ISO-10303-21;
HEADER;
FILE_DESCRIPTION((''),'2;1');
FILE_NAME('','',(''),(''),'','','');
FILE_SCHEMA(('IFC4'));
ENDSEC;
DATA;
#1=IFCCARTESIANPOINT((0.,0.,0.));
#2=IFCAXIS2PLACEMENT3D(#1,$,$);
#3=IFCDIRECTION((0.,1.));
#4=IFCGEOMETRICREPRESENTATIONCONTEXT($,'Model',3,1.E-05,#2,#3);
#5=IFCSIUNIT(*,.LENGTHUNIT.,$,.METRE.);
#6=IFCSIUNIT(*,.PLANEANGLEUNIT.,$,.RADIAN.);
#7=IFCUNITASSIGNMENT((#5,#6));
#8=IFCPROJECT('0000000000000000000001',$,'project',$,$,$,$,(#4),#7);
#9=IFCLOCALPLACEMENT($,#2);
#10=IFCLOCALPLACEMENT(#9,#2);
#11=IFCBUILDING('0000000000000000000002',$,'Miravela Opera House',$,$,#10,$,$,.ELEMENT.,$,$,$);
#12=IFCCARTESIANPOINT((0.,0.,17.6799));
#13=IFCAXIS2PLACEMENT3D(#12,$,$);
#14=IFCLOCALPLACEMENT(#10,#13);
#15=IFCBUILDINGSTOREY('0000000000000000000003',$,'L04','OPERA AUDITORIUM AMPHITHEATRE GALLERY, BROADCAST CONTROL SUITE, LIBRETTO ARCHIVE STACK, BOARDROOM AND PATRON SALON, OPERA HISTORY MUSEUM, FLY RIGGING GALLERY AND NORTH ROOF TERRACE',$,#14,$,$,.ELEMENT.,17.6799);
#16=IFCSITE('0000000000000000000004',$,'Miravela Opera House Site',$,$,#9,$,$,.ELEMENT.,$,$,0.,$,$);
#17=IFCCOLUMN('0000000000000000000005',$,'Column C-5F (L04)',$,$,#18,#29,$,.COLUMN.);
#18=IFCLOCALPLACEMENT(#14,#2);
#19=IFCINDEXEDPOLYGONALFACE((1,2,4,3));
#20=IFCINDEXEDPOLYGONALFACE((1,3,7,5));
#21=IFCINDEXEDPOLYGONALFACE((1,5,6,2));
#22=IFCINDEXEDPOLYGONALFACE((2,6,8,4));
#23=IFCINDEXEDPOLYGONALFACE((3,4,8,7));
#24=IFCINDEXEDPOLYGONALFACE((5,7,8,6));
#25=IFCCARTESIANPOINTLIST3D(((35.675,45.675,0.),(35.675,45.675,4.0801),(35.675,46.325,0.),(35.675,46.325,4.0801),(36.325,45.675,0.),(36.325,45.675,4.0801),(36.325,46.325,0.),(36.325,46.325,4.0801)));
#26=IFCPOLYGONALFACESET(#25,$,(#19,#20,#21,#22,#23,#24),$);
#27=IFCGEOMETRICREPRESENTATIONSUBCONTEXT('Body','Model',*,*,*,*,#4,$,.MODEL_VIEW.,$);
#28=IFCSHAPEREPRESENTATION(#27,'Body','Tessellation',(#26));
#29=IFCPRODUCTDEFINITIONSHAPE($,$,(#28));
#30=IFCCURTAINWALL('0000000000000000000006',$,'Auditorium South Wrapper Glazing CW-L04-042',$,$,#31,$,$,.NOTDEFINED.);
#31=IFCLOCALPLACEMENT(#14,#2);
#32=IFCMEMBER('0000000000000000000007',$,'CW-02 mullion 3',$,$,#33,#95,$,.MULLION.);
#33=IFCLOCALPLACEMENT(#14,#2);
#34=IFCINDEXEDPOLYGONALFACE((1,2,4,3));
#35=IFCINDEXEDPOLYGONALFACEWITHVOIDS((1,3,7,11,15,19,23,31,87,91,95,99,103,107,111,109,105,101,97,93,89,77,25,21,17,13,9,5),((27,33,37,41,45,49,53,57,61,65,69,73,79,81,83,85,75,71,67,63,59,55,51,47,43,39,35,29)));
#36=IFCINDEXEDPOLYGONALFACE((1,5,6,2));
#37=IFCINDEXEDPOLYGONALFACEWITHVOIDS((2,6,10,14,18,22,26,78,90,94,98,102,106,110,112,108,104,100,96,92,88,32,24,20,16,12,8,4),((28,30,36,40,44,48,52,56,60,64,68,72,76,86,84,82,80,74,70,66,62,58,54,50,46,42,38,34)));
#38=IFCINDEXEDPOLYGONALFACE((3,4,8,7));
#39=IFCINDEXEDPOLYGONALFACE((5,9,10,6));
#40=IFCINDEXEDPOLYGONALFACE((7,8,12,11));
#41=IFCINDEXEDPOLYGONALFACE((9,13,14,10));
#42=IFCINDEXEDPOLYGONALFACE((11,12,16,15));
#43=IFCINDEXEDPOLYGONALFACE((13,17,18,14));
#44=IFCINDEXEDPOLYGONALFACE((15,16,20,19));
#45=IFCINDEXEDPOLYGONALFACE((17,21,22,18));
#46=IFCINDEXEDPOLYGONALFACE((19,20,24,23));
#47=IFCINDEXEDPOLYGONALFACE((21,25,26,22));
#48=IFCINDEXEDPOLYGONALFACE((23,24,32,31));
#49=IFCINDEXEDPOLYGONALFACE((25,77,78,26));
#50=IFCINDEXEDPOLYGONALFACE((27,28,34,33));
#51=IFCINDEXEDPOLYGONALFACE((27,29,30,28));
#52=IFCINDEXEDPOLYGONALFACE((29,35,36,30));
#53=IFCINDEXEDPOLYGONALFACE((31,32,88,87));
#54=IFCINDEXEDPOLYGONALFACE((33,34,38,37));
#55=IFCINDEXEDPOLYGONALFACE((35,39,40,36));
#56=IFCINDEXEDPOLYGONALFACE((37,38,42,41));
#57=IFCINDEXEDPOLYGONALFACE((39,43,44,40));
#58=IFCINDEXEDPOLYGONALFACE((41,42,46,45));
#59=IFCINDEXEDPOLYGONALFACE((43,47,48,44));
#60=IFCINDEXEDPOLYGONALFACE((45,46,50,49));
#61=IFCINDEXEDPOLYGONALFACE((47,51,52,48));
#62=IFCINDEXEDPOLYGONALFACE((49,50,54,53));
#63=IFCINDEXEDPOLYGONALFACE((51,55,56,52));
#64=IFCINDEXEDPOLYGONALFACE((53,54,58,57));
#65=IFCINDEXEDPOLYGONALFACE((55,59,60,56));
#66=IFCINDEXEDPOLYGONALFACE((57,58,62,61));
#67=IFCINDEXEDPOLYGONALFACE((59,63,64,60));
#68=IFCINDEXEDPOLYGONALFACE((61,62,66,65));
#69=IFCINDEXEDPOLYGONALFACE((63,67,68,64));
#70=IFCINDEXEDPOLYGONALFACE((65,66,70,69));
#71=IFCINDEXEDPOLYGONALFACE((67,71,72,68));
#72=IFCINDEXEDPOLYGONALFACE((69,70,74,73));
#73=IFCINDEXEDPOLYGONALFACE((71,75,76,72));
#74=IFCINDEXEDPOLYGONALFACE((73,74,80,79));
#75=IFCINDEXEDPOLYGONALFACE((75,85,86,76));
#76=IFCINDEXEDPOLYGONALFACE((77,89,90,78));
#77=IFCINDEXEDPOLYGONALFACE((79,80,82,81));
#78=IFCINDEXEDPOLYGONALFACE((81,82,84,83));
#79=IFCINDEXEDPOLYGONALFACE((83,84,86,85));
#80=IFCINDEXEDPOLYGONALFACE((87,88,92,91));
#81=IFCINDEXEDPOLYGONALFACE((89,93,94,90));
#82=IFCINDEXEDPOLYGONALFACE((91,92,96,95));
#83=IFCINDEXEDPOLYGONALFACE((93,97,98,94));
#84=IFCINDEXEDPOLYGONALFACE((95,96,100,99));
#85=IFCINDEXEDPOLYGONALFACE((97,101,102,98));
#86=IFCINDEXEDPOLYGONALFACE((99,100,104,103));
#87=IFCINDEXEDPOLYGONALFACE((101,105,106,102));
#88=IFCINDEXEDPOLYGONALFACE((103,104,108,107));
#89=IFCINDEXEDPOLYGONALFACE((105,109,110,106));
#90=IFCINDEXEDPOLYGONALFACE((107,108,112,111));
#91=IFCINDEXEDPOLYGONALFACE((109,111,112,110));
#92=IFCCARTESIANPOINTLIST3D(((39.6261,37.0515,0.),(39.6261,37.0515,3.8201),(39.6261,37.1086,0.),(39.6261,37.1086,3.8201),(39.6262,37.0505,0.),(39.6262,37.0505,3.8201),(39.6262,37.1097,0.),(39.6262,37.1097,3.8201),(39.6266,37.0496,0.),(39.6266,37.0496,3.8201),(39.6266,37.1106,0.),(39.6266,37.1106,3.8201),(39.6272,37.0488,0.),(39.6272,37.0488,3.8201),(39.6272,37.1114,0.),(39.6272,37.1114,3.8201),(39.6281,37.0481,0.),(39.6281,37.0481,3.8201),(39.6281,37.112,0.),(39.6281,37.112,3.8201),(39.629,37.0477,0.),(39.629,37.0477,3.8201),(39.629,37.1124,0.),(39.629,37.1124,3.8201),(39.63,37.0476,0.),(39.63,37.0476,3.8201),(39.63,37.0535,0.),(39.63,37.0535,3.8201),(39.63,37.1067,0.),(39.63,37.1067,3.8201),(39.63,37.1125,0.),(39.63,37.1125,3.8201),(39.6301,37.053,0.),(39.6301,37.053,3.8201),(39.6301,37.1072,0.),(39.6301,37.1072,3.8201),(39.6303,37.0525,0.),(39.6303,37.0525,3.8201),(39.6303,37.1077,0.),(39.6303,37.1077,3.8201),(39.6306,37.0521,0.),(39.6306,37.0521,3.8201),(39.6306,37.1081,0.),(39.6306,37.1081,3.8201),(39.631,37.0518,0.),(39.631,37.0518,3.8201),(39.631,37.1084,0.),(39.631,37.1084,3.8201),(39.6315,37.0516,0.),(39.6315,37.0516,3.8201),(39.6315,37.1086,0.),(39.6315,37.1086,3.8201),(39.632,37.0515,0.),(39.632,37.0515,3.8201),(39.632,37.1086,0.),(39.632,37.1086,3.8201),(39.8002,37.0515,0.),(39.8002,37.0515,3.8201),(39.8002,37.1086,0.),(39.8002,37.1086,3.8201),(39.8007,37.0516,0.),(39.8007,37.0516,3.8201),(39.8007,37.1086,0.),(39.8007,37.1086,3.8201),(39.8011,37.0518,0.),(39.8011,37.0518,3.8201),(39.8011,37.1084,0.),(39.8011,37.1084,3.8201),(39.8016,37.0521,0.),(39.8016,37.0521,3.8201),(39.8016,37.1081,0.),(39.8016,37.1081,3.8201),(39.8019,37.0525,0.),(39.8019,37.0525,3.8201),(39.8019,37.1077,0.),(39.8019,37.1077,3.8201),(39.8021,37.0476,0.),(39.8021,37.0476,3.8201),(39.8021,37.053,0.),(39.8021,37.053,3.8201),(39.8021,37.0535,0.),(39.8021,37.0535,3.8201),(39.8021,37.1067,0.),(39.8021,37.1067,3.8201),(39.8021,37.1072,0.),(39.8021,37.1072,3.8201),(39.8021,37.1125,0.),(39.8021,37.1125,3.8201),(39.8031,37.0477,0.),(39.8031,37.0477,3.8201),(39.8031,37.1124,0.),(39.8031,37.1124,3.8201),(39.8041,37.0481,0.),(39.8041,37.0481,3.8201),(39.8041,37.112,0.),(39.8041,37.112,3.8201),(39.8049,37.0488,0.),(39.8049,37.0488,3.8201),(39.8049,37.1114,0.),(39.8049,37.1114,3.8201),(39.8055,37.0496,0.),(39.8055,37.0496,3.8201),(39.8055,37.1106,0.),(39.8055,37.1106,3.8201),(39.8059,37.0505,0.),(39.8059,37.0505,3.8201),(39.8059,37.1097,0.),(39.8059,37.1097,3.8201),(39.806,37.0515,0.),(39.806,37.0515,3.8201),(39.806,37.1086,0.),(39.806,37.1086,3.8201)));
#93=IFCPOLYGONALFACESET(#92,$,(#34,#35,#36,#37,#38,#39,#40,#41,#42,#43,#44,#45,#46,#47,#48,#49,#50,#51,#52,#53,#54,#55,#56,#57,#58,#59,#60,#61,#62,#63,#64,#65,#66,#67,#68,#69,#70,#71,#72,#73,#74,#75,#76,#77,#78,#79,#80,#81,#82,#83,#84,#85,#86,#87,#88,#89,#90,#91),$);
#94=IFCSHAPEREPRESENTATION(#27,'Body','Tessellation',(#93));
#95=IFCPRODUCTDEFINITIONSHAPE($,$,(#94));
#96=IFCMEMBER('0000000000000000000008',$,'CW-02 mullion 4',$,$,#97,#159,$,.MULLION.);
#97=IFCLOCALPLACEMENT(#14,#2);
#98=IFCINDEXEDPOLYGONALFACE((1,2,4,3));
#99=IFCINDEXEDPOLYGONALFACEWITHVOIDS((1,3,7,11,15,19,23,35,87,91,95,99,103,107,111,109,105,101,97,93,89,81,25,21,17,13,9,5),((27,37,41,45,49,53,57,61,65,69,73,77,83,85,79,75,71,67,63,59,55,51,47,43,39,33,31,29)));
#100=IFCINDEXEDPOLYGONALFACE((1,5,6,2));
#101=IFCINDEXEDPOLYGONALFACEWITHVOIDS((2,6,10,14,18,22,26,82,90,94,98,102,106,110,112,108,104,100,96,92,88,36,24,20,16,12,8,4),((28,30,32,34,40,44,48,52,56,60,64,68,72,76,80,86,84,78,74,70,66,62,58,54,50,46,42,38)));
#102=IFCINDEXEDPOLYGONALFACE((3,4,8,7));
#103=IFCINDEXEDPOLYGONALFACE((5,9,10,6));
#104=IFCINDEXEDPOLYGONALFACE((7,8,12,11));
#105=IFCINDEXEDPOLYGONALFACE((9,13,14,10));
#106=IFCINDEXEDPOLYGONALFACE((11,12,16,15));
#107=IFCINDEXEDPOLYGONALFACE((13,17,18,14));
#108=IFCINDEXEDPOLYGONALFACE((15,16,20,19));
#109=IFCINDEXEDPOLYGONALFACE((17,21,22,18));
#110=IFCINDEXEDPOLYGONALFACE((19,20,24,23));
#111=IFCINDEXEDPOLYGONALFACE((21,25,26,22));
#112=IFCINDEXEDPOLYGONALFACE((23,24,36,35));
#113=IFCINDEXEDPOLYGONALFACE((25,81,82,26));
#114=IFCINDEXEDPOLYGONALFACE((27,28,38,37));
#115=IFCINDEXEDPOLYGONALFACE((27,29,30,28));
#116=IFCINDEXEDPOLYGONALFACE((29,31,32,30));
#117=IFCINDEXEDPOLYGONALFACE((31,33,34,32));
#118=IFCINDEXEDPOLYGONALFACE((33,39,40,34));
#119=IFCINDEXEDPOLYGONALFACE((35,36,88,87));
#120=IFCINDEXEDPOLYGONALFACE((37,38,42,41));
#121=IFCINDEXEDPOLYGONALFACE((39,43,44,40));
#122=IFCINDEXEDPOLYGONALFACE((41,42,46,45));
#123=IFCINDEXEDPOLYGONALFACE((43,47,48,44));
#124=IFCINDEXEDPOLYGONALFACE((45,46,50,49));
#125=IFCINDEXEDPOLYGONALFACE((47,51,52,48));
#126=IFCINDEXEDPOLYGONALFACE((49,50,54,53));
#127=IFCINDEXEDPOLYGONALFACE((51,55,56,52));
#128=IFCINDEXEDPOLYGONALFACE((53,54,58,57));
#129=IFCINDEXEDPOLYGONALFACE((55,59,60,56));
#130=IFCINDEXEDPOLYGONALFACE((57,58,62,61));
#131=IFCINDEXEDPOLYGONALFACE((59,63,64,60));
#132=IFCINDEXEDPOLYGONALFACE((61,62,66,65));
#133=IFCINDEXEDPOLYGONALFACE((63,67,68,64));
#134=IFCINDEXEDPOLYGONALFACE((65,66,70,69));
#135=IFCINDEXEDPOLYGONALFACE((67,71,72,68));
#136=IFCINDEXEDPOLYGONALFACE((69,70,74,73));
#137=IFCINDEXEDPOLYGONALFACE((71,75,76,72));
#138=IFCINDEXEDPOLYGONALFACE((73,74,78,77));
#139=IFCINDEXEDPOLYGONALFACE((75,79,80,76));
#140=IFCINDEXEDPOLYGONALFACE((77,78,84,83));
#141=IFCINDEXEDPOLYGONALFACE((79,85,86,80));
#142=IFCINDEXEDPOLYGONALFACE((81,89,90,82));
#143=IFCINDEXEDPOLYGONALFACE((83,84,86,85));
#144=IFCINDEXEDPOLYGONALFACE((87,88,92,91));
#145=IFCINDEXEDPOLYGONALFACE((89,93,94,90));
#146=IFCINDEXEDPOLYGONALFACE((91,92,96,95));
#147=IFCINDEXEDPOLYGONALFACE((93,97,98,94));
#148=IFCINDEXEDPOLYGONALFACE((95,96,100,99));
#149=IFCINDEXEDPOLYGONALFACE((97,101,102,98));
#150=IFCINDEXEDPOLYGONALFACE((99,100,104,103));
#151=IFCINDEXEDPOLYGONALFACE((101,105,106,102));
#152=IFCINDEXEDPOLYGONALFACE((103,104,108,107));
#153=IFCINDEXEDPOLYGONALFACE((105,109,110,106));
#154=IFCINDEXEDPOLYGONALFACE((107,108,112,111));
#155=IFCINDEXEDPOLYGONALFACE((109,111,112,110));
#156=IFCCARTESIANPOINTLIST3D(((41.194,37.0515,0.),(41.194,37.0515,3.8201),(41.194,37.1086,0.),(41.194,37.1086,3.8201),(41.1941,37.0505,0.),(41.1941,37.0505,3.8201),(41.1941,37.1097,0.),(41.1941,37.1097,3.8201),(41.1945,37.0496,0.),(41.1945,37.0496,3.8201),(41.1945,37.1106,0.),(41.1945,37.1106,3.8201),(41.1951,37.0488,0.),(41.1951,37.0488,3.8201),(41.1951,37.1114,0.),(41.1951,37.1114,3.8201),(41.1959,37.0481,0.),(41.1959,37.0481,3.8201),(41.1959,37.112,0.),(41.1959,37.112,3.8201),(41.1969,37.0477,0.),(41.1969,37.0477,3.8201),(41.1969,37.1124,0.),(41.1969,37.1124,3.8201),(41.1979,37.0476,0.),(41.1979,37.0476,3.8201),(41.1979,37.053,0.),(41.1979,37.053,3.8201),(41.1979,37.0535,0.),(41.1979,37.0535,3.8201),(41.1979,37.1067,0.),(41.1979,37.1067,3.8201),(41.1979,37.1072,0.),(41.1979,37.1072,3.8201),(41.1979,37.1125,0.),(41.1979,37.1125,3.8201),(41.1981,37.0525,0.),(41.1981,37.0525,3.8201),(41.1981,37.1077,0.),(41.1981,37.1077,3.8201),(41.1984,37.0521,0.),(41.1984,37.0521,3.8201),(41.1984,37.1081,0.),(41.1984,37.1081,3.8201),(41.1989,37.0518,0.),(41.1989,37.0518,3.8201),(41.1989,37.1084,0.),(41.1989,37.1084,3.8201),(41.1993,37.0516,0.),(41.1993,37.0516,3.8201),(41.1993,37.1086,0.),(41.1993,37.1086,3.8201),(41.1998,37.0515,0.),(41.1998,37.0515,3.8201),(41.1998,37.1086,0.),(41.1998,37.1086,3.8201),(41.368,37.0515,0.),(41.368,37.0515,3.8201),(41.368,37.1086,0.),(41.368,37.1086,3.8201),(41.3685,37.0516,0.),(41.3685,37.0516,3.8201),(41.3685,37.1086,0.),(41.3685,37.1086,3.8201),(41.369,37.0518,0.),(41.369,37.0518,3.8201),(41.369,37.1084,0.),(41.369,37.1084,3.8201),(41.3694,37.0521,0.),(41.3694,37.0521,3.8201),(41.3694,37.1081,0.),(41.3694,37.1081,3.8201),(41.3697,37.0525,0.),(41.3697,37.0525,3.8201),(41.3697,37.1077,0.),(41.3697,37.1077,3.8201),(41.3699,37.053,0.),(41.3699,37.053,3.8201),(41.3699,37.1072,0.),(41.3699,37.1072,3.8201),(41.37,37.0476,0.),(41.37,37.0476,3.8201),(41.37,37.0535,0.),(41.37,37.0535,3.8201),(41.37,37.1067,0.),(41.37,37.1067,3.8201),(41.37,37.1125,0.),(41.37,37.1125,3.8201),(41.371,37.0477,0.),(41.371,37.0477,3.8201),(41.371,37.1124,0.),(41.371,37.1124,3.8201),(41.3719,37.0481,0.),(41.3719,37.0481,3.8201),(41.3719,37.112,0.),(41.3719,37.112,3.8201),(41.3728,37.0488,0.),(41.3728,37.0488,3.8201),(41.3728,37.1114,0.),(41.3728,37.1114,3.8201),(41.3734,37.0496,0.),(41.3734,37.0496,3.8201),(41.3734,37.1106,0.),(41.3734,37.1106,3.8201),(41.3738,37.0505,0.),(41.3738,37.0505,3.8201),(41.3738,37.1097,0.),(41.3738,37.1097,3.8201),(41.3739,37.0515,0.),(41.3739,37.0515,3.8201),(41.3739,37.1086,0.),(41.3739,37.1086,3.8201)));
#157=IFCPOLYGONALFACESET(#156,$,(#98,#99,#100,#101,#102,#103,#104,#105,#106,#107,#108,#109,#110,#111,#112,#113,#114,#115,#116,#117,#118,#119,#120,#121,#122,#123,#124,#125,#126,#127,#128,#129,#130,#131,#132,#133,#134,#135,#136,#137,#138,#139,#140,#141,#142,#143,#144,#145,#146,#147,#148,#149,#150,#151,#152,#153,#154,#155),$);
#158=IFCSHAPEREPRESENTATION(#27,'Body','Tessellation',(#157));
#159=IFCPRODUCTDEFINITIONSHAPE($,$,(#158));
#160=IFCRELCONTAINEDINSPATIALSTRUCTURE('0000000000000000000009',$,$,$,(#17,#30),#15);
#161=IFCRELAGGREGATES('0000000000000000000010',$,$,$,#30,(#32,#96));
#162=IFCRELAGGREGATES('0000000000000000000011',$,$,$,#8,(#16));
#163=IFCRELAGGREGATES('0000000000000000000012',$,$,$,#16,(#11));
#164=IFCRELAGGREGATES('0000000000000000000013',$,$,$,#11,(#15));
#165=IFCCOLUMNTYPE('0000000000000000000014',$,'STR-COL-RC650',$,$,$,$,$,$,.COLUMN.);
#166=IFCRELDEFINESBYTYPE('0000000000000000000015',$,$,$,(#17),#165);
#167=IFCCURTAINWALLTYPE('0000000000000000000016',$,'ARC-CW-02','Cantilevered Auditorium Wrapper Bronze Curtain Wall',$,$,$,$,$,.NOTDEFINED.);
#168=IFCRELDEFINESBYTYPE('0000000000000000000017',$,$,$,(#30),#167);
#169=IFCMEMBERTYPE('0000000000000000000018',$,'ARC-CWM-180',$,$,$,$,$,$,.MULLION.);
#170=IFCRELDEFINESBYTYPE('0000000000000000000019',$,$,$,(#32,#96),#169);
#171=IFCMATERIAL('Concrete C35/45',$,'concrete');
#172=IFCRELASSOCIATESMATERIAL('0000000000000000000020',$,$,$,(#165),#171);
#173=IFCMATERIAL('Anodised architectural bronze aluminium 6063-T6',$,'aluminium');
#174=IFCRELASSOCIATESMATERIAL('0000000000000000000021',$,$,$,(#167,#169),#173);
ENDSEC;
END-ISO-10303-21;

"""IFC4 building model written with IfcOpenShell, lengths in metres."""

from ifc_helpers import new_model, si_unit, direction, frame, origin, origin_2d, place, context, subcontext, project, spatial, rectangle, hollow_rectangle, extrude, material, material_profile, profile_set, type_object, element, aggregate, save


model = new_model("IFC4")

# Units and contexts
model_context = context("Model", 3, precision=1e-05, world=origin(), true_north=direction((0.0, 1.0)))
body_context = subcontext(model_context, "Body", "Model", "MODEL_VIEW")
ifc_project = project(units=[si_unit("LENGTHUNIT", "METRE"), si_unit("PLANEANGLEUNIT", "RADIAN")], contexts=[model_context])

# Site, building, storey
site_placement = place(None, origin())
site = spatial("IfcSite", under=ifc_project, at=site_placement, Name="Miravela Opera House Site", CompositionType="ELEMENT", RefElevation=0.0)
building_placement = place(site_placement, origin())
building = spatial("IfcBuilding", under=site, at=building_placement, Name="Miravela Opera House", CompositionType="ELEMENT")
storey_placement = place(building_placement, frame((0.0, 0.0, 17.6799)))
storey = spatial("IfcBuildingStorey", under=building, at=storey_placement, Name="L04", Description="OPERA AUDITORIUM AMPHITHEATRE GALLERY, BROADCAST CONTROL SUITE, LIBRETTO ARCHIVE STACK, BOARDROOM AND PATRON SALON, OPERA HISTORY MUSEUM, FLY RIGGING GALLERY AND NORTH ROOF TERRACE", CompositionType="ELEMENT", Elevation=17.6799)

# Column
ifc_material_1 = material(Name="Concrete C35/45", Category="concrete")
ifc_material_profile_1 = material_profile(ifc_material_1, rectangle(XDim=0.6499, YDim=0.6499, at=origin_2d()), Name="RC-COL-650X650")
ifc_profile_set_1 = profile_set([ifc_material_profile_1])
column_type = type_object("IfcColumnType", Name="STR-COL-RC650", PredefinedType="COLUMN", material=ifc_profile_set_1)
column_placement = place(storey_placement, frame((36.0, 46.0, 0.0), z_axis=(0.0, 0.0, 1.0), x_axis=(1.0, 0.0, 0.0)))
element("IfcColumn", 1, at=column_placement, inside=storey, type_object=column_type, Name="Column C-5F (L04)", PredefinedType="COLUMN", context=body_context, shape_type="SweptSolid", body=[
    extrude(rectangle(XDim=0.6499, YDim=0.6499, at=origin_2d()), origin(), (0.0, 0.0, 1.0), 4.0801),
])

# Curtain wall, members
ifc_material_2 = material(Name="Anodised architectural bronze aluminium 6063-T6", Category="aluminium")
curtain_wall_type = type_object("IfcCurtainWallType", Name="ARC-CW-02", Description="Cantilevered Auditorium Wrapper Bronze Curtain Wall", PredefinedType="NOTDEFINED", material=ifc_material_2)
curtain_wall_placement = place(storey_placement, origin())
curtain_wall = element("IfcCurtainWall", 2, at=curtain_wall_placement, inside=storey, type_object=curtain_wall_type, Name="Auditorium South Wrapper Glazing CW-L04-042", PredefinedType="NOTDEFINED")
ifc_material_profile_2 = material_profile(ifc_material_2, hollow_rectangle(XDim=0.0649, YDim=0.1799, WallThickness=0.0039, InnerFilletRadius=0.002, OuterFilletRadius=0.0039, at=origin_2d()), Name="CWM-65X180")
ifc_profile_set_2 = profile_set([ifc_material_profile_2])
member_type_1 = type_object("IfcMemberType", Name="ARC-CWM-180", PredefinedType="MULLION", material=ifc_profile_set_2)
member_1_placement = place(storey_placement, frame((39.7161, 37.0801, 0.0), z_axis=(0.0, 0.0, 1.0), x_axis=(0.0, 1.0, 0.0)))
member_1 = element("IfcMember", 3, at=member_1_placement, type_object=member_type_1, Name="CW-02 mullion 3", PredefinedType="MULLION", context=body_context, shape_type="SweptSolid", body=[
    extrude(hollow_rectangle(XDim=0.0649, YDim=0.1799, WallThickness=0.0039, InnerFilletRadius=0.002, OuterFilletRadius=0.0039, at=origin_2d()), origin(), (0.0, 0.0, 1.0), 3.8201),
])
member_2_placement = place(storey_placement, frame((41.2839, 37.0801, 0.0), z_axis=(0.0, 0.0, 1.0), x_axis=(0.0, 1.0, 0.0)))
member_2 = element("IfcMember", 4, at=member_2_placement, type_object=member_type_1, Name="CW-02 mullion 4", PredefinedType="MULLION", context=body_context, shape_type="SweptSolid", body=[
    extrude(hollow_rectangle(XDim=0.0649, YDim=0.1799, WallThickness=0.0039, InnerFilletRadius=0.002, OuterFilletRadius=0.0039, at=origin_2d()), origin(), (0.0, 0.0, 1.0), 3.8201),
])

aggregate(curtain_wall, [member_1, member_2])

save(model, "model.ifc")
